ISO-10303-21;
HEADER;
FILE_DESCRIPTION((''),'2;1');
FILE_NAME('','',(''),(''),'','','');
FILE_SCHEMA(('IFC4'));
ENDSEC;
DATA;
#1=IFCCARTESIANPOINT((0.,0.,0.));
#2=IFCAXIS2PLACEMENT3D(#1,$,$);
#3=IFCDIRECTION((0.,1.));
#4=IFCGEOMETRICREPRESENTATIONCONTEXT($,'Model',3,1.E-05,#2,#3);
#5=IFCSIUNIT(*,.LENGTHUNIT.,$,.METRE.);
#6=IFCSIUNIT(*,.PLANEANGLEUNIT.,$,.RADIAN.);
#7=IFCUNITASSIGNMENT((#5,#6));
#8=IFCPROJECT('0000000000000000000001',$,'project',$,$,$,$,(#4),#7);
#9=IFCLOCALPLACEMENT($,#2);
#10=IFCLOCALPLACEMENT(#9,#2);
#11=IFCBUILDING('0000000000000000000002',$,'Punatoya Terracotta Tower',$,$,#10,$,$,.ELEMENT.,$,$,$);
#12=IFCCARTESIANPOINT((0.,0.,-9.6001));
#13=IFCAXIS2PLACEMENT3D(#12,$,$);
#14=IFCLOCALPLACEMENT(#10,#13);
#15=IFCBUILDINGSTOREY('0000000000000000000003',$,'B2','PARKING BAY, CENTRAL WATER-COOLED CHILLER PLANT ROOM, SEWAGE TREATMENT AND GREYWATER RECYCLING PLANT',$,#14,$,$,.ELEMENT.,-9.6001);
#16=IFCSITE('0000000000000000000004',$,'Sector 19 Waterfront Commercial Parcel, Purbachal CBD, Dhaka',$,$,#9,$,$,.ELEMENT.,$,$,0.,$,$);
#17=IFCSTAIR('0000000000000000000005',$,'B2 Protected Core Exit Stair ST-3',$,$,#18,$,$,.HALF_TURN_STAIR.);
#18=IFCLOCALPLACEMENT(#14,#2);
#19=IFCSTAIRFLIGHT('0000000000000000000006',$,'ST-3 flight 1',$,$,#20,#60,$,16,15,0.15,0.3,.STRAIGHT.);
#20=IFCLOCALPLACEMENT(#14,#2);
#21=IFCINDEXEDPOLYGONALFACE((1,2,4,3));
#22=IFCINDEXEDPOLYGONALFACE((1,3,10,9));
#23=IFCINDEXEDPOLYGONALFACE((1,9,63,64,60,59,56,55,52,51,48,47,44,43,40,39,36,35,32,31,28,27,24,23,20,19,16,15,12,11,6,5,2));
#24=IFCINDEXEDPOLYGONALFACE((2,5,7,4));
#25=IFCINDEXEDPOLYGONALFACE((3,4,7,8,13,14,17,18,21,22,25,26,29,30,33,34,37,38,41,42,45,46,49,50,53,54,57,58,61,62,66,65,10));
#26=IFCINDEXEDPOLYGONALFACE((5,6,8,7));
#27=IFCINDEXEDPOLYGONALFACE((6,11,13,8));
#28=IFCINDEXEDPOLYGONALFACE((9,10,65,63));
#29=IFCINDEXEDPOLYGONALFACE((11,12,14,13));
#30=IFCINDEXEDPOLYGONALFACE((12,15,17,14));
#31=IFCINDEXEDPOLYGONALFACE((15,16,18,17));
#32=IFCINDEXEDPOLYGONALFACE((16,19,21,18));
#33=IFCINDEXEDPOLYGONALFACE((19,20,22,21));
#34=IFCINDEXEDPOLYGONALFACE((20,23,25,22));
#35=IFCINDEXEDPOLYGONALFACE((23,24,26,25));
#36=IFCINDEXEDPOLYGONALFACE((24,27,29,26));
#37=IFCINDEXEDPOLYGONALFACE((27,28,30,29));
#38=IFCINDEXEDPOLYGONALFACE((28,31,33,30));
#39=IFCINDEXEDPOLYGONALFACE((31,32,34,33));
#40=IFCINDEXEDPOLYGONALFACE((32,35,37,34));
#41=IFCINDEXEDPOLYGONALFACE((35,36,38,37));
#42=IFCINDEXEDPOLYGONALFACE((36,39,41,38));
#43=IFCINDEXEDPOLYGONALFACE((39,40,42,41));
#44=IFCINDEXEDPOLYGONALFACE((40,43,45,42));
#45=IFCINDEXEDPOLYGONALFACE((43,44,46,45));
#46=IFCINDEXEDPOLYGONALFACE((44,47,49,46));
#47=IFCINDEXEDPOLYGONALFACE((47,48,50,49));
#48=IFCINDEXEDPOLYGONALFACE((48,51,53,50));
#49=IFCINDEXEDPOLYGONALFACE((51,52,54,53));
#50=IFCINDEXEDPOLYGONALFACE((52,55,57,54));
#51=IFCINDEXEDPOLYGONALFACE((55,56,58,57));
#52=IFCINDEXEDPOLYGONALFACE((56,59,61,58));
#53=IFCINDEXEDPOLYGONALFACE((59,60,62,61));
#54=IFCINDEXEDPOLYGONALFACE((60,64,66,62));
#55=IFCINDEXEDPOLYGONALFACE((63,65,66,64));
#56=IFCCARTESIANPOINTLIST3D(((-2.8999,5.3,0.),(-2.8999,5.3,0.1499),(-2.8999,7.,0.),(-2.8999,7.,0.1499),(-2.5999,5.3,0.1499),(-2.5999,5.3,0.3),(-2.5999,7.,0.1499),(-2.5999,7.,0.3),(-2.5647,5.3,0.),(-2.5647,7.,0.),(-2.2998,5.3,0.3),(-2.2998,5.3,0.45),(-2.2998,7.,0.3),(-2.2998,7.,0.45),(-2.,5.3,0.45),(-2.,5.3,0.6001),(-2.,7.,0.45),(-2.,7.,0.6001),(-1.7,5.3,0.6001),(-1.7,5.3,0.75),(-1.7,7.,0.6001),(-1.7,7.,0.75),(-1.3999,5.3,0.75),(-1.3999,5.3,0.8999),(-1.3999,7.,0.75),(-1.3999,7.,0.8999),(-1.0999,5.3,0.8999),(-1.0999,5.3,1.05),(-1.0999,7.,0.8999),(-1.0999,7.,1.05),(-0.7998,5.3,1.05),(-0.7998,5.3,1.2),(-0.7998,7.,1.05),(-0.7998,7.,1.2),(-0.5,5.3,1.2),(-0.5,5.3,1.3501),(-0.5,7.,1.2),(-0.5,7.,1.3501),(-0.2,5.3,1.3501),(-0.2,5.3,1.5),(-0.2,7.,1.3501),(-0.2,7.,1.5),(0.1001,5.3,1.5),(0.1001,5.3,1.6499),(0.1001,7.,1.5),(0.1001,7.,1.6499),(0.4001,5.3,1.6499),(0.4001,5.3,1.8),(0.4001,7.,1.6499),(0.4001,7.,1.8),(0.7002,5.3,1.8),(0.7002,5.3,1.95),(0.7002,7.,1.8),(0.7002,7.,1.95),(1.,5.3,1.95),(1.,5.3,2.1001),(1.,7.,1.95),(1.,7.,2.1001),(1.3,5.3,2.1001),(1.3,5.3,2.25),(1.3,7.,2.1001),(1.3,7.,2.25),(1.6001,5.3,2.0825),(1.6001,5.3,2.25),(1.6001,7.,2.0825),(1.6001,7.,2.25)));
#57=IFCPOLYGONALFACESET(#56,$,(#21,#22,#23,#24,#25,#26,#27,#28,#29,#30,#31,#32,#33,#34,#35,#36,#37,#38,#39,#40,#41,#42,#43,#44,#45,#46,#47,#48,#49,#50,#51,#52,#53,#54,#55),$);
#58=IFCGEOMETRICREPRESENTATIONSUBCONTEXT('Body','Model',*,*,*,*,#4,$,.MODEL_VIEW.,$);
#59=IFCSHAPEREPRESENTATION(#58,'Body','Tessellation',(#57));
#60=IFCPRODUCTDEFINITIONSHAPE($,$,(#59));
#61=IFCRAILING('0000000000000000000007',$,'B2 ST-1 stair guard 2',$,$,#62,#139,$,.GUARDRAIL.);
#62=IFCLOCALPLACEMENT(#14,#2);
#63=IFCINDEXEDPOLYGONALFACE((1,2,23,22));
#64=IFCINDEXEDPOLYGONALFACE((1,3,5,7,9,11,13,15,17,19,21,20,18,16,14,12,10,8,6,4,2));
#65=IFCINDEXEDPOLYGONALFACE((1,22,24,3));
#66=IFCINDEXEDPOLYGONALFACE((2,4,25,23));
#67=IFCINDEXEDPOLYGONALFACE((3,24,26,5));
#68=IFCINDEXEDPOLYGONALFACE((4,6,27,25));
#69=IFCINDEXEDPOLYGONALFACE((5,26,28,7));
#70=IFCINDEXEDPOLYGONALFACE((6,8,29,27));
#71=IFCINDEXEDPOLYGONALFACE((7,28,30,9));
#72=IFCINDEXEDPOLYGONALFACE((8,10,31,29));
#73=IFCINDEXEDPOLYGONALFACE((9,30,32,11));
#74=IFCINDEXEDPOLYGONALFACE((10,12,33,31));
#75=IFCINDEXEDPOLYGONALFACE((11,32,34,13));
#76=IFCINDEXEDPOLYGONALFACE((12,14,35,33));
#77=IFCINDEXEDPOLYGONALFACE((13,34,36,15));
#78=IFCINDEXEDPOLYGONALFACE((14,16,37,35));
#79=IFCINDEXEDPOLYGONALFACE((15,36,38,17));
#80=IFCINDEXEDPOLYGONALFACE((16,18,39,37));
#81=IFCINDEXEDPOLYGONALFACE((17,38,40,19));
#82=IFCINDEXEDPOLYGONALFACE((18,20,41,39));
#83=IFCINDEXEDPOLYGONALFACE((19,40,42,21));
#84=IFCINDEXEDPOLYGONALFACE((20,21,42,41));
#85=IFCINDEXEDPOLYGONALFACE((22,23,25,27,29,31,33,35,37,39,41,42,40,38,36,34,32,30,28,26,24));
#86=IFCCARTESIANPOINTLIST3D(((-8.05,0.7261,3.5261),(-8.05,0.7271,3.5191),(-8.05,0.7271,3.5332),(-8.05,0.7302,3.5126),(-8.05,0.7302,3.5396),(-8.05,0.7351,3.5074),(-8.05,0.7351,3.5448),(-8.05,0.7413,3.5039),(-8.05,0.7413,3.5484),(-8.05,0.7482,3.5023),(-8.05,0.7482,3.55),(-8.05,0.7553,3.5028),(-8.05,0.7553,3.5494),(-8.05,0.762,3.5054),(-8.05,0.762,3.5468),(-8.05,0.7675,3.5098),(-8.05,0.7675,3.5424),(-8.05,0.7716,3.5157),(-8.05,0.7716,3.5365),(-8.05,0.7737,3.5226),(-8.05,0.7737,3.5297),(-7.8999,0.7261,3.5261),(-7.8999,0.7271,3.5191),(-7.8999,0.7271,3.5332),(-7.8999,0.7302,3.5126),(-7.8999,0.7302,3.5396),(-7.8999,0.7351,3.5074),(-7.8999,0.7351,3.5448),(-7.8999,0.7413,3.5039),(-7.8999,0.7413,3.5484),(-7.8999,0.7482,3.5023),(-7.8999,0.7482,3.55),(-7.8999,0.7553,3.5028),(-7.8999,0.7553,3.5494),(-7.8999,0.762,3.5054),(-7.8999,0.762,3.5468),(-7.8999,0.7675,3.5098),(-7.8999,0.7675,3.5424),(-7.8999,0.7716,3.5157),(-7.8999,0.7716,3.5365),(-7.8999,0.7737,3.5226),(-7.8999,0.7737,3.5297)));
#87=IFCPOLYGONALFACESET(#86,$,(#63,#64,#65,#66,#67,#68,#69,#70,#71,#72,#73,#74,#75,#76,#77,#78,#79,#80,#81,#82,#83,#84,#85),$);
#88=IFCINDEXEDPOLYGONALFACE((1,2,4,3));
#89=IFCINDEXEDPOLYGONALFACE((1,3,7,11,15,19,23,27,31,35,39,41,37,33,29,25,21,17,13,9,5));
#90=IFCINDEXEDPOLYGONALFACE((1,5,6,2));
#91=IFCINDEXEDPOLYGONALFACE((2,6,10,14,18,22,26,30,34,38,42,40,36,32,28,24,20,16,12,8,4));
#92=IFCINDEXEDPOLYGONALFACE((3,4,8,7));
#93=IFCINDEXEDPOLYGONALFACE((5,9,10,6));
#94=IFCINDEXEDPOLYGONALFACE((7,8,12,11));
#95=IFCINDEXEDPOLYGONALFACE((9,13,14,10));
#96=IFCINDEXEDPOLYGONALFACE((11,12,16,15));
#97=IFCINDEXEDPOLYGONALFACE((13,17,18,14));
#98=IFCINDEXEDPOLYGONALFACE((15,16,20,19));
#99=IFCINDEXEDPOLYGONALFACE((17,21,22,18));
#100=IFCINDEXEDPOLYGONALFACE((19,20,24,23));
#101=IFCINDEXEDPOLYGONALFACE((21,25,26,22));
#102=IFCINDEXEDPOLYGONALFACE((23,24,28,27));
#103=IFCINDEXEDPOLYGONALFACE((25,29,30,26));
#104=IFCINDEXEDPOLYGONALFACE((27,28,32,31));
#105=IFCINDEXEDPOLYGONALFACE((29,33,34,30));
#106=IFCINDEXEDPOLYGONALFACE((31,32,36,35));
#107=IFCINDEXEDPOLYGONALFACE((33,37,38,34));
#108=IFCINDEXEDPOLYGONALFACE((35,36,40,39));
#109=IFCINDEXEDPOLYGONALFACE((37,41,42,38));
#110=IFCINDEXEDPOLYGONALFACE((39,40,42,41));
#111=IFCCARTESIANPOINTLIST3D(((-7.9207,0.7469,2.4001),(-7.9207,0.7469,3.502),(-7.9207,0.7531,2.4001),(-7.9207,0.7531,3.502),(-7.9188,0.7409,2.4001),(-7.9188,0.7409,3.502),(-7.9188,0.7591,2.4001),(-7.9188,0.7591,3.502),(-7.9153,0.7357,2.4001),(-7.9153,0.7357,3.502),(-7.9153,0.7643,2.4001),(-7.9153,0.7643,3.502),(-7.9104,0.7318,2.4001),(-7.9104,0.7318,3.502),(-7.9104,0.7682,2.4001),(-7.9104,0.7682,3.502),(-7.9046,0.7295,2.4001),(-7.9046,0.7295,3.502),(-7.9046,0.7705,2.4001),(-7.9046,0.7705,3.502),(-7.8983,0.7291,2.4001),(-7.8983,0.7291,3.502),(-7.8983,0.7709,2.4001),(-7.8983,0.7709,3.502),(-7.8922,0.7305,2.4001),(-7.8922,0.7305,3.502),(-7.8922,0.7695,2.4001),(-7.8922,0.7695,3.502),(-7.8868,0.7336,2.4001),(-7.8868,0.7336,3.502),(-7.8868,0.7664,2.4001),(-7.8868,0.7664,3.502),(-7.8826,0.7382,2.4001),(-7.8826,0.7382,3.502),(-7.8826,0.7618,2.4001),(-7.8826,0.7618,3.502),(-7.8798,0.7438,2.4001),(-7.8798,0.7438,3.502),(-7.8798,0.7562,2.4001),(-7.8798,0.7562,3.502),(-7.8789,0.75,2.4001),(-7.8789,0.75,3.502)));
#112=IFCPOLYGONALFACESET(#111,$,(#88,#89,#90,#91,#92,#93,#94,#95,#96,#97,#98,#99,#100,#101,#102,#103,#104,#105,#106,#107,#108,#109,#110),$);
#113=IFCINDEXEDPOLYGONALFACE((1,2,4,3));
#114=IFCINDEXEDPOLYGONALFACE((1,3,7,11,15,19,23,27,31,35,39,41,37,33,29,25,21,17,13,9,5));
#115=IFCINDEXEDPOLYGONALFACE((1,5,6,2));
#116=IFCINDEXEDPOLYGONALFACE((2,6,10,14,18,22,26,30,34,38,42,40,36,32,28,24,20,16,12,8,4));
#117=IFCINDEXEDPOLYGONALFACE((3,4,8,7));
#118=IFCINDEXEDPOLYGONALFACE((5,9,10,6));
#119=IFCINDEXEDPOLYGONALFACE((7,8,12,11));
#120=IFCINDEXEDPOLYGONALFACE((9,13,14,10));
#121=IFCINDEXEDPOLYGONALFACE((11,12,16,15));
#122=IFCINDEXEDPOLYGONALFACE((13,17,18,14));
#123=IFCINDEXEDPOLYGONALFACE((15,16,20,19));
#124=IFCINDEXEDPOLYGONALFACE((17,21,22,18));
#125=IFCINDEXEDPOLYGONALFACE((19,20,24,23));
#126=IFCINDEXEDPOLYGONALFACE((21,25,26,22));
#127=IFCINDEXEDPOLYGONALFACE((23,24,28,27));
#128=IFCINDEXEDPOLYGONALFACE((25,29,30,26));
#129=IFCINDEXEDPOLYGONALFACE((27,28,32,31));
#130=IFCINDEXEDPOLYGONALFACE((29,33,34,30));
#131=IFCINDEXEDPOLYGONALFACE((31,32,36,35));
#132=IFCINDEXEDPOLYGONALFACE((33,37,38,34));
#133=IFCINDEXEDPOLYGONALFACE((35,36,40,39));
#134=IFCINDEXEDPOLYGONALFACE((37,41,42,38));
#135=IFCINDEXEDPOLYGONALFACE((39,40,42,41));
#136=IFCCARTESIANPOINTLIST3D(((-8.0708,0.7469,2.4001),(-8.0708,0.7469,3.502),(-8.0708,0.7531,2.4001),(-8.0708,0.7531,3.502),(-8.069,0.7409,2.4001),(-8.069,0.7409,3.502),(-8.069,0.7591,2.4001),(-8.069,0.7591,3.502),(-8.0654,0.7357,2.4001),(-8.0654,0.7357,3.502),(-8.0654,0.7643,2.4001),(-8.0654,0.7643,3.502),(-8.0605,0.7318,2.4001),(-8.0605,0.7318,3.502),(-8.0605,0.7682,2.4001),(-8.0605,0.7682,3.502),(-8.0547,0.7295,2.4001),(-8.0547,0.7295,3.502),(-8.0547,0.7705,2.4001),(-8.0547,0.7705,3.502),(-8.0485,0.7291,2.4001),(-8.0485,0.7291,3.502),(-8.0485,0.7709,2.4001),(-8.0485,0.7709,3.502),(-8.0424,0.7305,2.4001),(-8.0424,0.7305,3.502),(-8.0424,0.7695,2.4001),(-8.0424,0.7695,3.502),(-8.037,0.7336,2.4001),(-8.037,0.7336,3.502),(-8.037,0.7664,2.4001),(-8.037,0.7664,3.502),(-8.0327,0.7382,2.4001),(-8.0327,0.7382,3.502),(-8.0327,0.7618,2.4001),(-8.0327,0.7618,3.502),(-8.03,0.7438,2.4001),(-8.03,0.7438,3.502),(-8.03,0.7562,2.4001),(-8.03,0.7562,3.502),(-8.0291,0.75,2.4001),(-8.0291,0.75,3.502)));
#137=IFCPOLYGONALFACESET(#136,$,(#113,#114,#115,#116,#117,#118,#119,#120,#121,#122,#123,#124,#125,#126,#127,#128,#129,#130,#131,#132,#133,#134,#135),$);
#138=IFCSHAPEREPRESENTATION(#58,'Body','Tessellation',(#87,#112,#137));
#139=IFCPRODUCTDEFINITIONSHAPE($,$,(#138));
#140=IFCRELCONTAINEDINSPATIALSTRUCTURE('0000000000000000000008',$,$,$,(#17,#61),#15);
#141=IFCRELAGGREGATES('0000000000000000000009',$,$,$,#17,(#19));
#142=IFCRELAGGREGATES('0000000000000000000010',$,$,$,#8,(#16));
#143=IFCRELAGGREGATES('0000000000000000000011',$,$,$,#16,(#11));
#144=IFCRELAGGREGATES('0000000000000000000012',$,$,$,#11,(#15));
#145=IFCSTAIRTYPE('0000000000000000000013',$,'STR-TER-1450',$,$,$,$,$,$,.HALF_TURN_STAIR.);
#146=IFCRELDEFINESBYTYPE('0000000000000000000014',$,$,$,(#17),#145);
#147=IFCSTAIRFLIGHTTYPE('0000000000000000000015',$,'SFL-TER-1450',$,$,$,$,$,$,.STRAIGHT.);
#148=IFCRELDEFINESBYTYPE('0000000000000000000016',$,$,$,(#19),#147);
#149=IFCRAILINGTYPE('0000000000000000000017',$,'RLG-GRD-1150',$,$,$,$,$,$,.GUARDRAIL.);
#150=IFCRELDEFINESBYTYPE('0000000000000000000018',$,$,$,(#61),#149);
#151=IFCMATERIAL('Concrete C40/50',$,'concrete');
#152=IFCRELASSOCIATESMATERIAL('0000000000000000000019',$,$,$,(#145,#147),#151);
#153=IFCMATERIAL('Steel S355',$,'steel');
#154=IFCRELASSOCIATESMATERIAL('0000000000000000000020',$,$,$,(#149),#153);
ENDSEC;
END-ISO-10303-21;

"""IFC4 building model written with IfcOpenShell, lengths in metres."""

from ifc_helpers import new_model, si_unit, direction, frame, origin, origin_2d, place, context, subcontext, project, spatial, polyline, circle, outline, extrude, material, type_object, element, aggregate, save


model = new_model("IFC4")

# Units and contexts
model_context = context("Model", 3, precision=1e-05, world=origin(), true_north=direction((0.0, 1.0)))
body_context = subcontext(model_context, "Body", "Model", "MODEL_VIEW")
ifc_project = project(units=[si_unit("LENGTHUNIT", "METRE"), si_unit("PLANEANGLEUNIT", "RADIAN")], contexts=[model_context])

# Site, building, storey
site_placement = place(None, origin())
site = spatial("IfcSite", under=ifc_project, at=site_placement, Name="Sector 19 Waterfront Commercial Parcel, Purbachal CBD, Dhaka", CompositionType="ELEMENT", RefElevation=0.0)
building_placement = place(site_placement, origin())
building = spatial("IfcBuilding", under=site, at=building_placement, Name="Punatoya Terracotta Tower", CompositionType="ELEMENT")
storey_placement = place(building_placement, frame((0.0, 0.0, -9.6001)))
storey = spatial("IfcBuildingStorey", under=building, at=storey_placement, Name="B2", Description="PARKING BAY, CENTRAL WATER-COOLED CHILLER PLANT ROOM, SEWAGE TREATMENT AND GREYWATER RECYCLING PLANT", CompositionType="ELEMENT", Elevation=-9.6001)

# Shared definitions
ifc_material_1 = material(Name="Steel S355", Category="steel")

# Shared definitions
ifc_material_2 = material(Name="Concrete C40/50", Category="concrete")

# Stair, stair flight
stair_type_1 = type_object("IfcStairType", Name="STR-TER-1450", PredefinedType="HALF_TURN_STAIR", material=ifc_material_2)
stair_1_placement = place(storey_placement, origin())
stair_1 = element("IfcStair", 1, at=stair_1_placement, inside=storey, type_object=stair_type_1, Name="B2 Protected Core Exit Stair ST-3", PredefinedType="HALF_TURN_STAIR")
stair_flight_type_1 = type_object("IfcStairFlightType", Name="SFL-TER-1450", PredefinedType="STRAIGHT", material=ifc_material_2)
stair_flight_1_placement = place(storey_placement, frame((-2.8999, 6.1499, 0.0), z_axis=(0.0, 0.0, 1.0), x_axis=(1.0, 0.0, 0.0)))
stair_flight_1 = element("IfcStairFlight", 2, at=stair_flight_1_placement, type_object=stair_flight_type_1, Name="ST-3 flight 1", NumberOfRisers=16, NumberOfTreads=15, PredefinedType="STRAIGHT", RiserHeight=0.15, TreadLength=0.3, context=body_context, shape_type="SweptSolid", body=[
    extrude(outline(polyline([(0.0, 0.0), (0.0, 0.1499), (0.3, 0.1499), (0.3, 0.3), (0.6001, 0.3), (0.6001, 0.45), (0.8999, 0.45), (0.8999, 0.6001), (1.2, 0.6001), (1.2, 0.75), (1.5, 0.75), (1.5, 0.8999), (1.8, 0.8999), (1.8, 1.05), (2.1001, 1.05), (2.1001, 1.2), (2.3999, 1.2), (2.3999, 1.3501), (2.7, 1.3501), (2.7, 1.5), (3.0, 1.5), (3.0, 1.6499), (3.3, 1.6499), (3.3, 1.8), (3.6001, 1.8), (3.6001, 1.95), (3.8999, 1.95), (3.8999, 2.1001), (4.2, 2.1001), (4.2, 2.25), (4.5, 2.25), (4.5, 2.3999), (4.5, 2.0825), (0.3352, 0.0), (0.0, 0.0)])), frame((0.0, 0.8501, 0.0), z_axis=(0.0, -1.0, 0.0), x_axis=(1.0, 0.0, 0.0)), (0.0, 0.0, 1.0), 1.7),
])
aggregate(stair_1, [stair_flight_1])

# Railing
railing_type_1 = type_object("IfcRailingType", Name="RLG-GRD-1150", PredefinedType="GUARDRAIL", material=ifc_material_1)
railing_1_placement = place(storey_placement, frame((-7.8999, 0.75, 2.4001)))
element("IfcRailing", 3, at=railing_1_placement, inside=storey, type_object=railing_type_1, Name="B2 ST-1 stair guard 2", PredefinedType="GUARDRAIL", context=body_context, shape_type="SweptSolid", body=[
    extrude(circle(Radius=0.0239, at=origin_2d()), frame((0.0, 0.0, 1.126), z_axis=(-1.0, 0.0, 0.0), x_axis=(0.0, -1.0, 0.0)), (0.0, 0.0, 1.0), 0.1501),
    extrude(circle(Radius=0.021, at=origin_2d()), origin(), (0.0, 0.0, 1.0), 1.1018),
    extrude(circle(Radius=0.021, at=origin_2d()), frame((-0.1501, 0.0, 0.0)), (0.0, 0.0, 1.0), 1.1018),
])

save(model, "model.ifc")
